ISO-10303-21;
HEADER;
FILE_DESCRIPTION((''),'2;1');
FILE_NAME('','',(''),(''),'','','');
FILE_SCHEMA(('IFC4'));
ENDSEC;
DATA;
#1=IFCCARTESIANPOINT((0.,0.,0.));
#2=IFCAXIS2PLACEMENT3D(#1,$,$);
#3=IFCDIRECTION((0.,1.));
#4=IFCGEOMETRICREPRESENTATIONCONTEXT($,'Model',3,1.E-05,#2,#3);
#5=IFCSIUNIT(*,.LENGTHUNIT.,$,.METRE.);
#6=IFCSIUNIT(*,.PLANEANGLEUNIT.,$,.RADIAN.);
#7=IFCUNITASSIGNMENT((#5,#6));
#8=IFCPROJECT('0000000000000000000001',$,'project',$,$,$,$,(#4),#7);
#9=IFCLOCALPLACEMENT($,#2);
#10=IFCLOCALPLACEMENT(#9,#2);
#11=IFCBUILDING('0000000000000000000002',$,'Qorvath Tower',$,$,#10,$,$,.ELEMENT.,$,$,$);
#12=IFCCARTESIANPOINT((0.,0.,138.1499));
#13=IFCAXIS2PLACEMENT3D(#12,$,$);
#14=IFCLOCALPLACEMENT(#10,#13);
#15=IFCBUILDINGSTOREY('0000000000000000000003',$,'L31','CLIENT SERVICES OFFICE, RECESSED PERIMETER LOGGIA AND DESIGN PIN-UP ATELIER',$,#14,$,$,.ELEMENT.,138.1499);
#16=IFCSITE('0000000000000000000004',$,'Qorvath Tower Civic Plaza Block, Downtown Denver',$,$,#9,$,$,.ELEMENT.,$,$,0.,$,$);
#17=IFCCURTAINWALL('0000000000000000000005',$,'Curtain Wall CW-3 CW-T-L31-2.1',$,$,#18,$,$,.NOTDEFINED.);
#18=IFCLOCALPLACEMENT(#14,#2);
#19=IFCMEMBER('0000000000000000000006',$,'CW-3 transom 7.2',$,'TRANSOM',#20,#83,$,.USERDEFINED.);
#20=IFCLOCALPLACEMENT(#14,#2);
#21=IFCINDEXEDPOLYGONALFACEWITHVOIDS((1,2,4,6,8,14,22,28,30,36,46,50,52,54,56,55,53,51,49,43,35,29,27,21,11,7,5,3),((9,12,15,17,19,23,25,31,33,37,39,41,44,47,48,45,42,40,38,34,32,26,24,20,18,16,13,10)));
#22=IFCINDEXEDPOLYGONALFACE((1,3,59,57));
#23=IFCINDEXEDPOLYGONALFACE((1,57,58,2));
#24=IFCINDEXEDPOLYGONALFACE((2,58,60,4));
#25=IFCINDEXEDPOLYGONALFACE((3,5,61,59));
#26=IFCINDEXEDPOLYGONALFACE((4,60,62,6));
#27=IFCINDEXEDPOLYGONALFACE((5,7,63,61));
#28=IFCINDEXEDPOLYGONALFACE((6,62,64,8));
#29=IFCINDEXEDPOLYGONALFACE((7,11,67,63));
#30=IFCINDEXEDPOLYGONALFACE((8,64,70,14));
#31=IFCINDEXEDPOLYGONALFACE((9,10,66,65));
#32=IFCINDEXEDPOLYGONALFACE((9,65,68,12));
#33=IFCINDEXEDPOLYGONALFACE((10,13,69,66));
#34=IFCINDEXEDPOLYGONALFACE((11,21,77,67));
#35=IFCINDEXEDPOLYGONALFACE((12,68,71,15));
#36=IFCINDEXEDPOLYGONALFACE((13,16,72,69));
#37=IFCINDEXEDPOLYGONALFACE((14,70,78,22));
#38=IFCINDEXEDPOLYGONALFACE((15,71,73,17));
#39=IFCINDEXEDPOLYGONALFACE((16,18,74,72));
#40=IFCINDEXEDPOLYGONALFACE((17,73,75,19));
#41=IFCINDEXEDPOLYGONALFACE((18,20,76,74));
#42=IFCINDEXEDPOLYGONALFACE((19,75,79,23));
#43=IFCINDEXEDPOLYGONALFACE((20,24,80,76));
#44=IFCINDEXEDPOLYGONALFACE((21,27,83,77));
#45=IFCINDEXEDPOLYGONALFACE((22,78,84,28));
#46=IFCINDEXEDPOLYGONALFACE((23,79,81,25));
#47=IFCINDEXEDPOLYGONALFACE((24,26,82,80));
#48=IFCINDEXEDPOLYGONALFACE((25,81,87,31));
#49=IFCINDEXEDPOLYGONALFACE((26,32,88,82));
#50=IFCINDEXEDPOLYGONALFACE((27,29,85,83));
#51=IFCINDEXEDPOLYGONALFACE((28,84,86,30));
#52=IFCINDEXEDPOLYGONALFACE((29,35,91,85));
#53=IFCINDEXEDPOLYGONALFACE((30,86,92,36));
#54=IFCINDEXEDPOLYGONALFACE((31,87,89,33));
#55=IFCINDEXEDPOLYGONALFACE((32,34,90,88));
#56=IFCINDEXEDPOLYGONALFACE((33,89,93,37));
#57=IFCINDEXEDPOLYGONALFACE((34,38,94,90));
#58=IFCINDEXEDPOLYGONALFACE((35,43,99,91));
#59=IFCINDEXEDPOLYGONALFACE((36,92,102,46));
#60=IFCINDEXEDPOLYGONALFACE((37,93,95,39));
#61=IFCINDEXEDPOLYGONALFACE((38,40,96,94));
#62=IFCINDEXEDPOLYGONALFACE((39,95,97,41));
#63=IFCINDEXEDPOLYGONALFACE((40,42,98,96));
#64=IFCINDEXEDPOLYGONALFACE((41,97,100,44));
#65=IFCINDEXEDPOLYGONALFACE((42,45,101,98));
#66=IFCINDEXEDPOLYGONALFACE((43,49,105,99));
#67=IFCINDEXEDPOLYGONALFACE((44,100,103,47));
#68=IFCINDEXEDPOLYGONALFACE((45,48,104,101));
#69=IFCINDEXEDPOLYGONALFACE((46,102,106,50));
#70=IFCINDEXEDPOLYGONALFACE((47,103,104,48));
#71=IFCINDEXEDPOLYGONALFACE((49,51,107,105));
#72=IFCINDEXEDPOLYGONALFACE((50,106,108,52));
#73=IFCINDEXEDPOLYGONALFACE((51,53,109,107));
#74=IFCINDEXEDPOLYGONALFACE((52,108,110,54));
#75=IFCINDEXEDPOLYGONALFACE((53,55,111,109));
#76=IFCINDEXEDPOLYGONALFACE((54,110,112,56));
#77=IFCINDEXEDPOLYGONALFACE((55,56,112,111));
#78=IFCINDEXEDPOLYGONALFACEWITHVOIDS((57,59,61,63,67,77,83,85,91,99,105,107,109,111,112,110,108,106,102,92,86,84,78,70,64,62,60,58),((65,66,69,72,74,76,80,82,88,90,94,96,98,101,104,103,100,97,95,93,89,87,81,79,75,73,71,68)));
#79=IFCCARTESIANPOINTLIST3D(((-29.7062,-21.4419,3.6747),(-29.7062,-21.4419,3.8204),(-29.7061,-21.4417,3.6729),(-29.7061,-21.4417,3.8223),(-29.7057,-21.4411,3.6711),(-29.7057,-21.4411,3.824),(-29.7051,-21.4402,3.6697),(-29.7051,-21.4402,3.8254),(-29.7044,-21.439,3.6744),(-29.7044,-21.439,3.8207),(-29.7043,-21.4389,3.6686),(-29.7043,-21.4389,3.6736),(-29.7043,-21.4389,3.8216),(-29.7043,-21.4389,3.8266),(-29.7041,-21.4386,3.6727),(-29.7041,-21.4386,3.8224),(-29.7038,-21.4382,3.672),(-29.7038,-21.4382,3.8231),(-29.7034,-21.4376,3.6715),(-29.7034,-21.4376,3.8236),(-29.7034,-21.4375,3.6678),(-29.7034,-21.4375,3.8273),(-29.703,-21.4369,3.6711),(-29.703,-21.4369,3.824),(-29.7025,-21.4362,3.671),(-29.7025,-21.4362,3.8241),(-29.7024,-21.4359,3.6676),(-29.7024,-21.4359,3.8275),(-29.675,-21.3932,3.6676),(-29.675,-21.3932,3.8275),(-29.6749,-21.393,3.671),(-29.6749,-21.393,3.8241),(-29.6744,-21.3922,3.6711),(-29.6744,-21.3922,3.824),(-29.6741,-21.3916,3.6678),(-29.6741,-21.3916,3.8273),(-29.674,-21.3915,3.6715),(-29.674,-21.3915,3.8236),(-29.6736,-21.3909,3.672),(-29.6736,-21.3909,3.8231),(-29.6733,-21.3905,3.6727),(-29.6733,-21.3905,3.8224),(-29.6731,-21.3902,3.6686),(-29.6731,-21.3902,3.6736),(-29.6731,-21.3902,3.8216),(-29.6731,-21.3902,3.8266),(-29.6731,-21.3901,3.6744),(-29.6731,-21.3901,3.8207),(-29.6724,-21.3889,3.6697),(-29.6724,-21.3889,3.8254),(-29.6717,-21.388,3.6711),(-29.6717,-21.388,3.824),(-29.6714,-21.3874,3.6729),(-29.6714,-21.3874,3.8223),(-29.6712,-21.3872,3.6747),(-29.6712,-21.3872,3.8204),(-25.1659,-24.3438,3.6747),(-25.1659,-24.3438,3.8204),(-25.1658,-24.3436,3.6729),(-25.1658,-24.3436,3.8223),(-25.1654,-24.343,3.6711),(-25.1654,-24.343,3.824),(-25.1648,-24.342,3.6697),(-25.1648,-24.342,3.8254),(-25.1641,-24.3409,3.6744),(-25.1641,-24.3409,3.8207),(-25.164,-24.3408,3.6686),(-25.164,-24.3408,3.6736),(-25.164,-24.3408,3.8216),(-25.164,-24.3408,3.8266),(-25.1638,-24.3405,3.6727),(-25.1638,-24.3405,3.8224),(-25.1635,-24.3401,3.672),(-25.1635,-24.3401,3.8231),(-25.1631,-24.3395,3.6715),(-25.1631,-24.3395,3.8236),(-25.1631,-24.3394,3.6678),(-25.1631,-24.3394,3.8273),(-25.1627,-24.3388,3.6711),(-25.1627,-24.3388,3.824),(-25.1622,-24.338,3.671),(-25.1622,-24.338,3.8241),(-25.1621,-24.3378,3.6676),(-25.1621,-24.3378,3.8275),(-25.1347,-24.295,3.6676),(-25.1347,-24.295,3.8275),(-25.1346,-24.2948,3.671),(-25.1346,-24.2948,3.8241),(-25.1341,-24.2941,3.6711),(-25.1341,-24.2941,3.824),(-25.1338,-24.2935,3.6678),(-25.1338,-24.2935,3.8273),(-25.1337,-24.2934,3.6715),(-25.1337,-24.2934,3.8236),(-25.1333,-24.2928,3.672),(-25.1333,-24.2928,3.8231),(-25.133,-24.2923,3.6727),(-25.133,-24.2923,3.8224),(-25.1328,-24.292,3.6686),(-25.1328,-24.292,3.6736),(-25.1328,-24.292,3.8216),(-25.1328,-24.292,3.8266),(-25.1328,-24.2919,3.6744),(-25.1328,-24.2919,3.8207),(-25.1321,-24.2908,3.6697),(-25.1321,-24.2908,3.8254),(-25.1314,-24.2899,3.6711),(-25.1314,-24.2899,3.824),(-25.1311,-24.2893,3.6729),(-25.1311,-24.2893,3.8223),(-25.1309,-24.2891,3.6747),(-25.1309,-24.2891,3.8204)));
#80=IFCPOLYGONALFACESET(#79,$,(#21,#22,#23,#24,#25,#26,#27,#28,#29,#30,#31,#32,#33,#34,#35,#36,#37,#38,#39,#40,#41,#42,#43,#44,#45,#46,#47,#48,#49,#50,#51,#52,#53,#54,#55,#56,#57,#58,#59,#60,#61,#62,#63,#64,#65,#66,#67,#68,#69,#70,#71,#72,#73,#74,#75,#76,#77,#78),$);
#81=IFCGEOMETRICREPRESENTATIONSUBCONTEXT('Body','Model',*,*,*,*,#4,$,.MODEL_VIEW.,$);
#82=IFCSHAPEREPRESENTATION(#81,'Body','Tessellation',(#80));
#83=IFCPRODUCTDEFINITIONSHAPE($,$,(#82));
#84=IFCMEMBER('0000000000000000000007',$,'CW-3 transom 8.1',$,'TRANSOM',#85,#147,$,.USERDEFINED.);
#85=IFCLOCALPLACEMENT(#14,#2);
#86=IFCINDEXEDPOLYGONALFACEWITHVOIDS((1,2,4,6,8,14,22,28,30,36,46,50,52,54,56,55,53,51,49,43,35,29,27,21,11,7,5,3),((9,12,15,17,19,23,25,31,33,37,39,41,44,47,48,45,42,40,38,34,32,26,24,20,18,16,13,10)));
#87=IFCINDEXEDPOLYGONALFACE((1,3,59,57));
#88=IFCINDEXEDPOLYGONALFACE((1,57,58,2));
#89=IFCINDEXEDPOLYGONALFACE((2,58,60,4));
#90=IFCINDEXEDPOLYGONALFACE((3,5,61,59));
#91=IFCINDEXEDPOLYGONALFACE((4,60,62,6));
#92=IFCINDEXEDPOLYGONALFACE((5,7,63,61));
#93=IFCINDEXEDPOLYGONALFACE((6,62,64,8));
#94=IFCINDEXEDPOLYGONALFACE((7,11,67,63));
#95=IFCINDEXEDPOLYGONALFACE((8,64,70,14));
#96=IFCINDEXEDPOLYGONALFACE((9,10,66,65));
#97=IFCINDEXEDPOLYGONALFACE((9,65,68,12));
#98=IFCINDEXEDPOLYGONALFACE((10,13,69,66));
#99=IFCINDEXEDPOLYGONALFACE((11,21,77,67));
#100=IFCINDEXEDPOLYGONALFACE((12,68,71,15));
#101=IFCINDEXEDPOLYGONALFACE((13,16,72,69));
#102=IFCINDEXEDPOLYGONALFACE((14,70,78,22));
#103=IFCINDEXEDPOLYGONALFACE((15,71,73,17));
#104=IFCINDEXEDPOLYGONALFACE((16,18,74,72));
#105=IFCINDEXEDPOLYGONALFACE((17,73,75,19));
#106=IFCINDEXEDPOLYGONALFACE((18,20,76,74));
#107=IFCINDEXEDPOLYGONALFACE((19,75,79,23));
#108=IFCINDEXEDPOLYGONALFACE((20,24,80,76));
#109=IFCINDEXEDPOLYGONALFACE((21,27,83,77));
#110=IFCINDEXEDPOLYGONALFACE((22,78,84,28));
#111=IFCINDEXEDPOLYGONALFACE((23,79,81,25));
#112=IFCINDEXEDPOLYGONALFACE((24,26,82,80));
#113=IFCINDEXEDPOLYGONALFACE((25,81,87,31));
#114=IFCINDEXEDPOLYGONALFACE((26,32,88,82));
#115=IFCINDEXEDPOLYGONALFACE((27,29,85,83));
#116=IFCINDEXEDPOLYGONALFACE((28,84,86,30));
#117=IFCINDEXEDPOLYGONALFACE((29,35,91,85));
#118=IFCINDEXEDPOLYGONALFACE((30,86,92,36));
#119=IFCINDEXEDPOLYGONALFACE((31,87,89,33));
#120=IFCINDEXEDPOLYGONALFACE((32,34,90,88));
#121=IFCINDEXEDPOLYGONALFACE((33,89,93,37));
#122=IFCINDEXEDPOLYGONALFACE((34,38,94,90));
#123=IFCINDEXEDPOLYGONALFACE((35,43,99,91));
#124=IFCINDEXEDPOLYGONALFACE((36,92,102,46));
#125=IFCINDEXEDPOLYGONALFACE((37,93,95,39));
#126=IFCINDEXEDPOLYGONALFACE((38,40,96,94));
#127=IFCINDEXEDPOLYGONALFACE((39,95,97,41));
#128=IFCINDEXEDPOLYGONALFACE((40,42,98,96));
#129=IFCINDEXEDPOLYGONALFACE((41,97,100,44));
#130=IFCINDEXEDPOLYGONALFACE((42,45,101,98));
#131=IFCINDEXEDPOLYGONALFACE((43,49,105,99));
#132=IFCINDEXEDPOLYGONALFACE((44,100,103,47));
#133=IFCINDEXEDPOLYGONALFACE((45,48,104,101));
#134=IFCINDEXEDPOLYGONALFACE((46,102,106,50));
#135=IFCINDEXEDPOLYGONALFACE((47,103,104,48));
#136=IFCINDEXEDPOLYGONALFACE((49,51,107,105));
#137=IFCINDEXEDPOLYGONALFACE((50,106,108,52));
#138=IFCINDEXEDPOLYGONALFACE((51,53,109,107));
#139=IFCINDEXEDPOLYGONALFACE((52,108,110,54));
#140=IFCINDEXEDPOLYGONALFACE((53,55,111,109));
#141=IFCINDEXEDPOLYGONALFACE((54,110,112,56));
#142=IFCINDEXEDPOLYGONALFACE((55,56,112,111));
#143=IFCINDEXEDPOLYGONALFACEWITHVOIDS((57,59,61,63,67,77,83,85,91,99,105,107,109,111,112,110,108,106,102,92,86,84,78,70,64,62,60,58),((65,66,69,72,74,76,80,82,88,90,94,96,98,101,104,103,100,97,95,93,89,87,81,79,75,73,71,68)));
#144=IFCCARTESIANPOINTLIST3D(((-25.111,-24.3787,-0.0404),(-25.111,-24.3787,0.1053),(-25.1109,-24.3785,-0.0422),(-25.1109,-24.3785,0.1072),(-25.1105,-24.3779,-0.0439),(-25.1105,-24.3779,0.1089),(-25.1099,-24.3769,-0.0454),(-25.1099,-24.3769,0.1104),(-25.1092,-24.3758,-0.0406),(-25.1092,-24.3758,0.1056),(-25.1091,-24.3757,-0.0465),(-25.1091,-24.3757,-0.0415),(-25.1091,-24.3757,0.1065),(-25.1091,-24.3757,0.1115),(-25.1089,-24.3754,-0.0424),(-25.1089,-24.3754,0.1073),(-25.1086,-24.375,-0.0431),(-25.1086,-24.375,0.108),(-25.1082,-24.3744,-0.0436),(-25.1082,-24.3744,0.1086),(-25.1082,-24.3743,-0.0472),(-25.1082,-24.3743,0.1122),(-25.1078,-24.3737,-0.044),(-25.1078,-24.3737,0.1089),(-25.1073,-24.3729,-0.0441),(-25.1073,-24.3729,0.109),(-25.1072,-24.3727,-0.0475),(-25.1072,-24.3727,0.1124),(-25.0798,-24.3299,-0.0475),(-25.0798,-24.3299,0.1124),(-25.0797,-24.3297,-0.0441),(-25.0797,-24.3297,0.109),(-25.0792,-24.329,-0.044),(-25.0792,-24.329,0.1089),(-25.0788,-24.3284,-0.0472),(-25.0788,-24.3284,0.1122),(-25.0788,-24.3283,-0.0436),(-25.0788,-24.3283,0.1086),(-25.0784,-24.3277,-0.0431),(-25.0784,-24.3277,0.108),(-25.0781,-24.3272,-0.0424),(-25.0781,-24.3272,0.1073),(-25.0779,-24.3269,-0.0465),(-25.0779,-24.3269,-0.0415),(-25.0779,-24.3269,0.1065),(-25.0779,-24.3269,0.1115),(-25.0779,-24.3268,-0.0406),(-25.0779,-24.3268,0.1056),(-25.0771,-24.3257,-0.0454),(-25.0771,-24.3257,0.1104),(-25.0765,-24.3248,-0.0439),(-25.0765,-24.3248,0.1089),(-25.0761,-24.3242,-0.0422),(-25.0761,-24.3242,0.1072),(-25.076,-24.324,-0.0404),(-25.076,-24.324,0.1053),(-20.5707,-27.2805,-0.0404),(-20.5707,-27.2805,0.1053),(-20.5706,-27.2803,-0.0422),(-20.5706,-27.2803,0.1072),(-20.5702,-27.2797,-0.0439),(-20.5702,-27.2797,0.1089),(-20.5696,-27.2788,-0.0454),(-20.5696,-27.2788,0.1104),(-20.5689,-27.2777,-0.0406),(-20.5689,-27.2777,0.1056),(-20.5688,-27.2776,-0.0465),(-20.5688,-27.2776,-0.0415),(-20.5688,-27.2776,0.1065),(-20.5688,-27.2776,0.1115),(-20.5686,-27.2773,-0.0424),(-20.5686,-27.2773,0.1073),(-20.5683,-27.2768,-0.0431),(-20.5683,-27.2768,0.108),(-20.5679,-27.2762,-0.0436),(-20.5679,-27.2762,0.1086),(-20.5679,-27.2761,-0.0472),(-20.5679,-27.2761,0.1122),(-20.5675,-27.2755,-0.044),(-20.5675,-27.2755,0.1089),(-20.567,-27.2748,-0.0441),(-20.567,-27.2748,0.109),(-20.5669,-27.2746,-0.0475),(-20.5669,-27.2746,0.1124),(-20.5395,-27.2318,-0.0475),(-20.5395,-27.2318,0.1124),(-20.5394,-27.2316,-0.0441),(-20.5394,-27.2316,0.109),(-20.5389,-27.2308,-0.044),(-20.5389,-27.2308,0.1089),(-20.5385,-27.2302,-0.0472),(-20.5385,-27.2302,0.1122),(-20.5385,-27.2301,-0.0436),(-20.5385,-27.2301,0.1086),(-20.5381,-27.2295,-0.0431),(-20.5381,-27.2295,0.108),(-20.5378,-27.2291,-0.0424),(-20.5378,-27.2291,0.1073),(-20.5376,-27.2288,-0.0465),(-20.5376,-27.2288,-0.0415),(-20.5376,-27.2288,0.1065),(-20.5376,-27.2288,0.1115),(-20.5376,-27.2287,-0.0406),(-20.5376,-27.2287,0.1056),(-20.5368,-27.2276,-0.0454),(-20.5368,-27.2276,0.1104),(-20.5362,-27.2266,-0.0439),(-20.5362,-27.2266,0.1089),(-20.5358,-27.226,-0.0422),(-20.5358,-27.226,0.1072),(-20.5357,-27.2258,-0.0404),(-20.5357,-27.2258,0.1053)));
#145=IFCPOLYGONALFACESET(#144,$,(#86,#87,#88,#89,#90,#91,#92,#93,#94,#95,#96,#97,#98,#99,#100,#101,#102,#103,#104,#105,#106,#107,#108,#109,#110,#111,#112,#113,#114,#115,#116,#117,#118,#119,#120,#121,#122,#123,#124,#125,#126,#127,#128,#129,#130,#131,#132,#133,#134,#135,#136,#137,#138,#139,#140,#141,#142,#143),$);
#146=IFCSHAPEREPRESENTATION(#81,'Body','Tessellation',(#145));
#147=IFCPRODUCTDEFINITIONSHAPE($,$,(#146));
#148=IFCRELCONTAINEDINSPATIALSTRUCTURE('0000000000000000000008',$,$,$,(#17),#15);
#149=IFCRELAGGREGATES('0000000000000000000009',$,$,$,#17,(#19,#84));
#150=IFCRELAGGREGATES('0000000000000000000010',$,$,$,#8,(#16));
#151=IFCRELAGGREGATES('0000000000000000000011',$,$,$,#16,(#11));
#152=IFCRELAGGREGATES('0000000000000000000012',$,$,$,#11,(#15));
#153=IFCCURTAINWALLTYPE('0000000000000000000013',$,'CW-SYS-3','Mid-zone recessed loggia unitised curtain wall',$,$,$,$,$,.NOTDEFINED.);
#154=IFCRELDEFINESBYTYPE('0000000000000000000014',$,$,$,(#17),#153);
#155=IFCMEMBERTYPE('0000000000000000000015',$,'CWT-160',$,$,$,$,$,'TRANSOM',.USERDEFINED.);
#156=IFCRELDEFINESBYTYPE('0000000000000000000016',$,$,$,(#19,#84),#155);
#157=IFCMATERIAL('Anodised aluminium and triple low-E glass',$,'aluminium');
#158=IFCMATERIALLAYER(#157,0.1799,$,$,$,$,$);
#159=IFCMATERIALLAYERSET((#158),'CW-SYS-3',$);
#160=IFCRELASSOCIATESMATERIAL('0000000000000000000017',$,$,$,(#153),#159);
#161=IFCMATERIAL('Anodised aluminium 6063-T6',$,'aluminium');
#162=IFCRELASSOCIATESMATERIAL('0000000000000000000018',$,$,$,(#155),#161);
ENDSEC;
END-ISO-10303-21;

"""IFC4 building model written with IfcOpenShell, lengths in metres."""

from ifc_helpers import new_model, si_unit, direction, frame, origin, origin_2d, place, context, subcontext, project, spatial, hollow_rectangle, extrude, material, layer, layer_set, material_profile, profile_set, type_object, element, aggregate, save


model = new_model("IFC4")

# Units and contexts
model_context = context("Model", 3, precision=1e-05, world=origin(), true_north=direction((0.0, 1.0)))
body_context = subcontext(model_context, "Body", "Model", "MODEL_VIEW")
ifc_project = project(units=[si_unit("LENGTHUNIT", "METRE"), si_unit("PLANEANGLEUNIT", "RADIAN")], contexts=[model_context])

# Site, building, storey
site_placement = place(None, origin())
site = spatial("IfcSite", under=ifc_project, at=site_placement, Name="Qorvath Tower Civic Plaza Block, Downtown Denver", CompositionType="ELEMENT", RefElevation=0.0)
building_placement = place(site_placement, origin())
building = spatial("IfcBuilding", under=site, at=building_placement, Name="Qorvath Tower", CompositionType="ELEMENT")
storey_placement = place(building_placement, frame((0.0, 0.0, 138.1499)))
storey = spatial("IfcBuildingStorey", under=building, at=storey_placement, Name="L31", Description="CLIENT SERVICES OFFICE, RECESSED PERIMETER LOGGIA AND DESIGN PIN-UP ATELIER", CompositionType="ELEMENT", Elevation=138.1499)

# Curtain wall, members
ifc_material_1 = material(Name="Anodised aluminium and triple low-E glass", Category="aluminium")
ifc_layer_1 = layer(ifc_material_1, 0.1799)
ifc_layer_set_1 = layer_set([ifc_layer_1], Name="CW-SYS-3")
curtain_wall_type = type_object("IfcCurtainWallType", Name="CW-SYS-3", Description="Mid-zone recessed loggia unitised curtain wall", PredefinedType="NOTDEFINED", material=ifc_layer_set_1)
curtain_wall_placement = place(storey_placement, origin())
curtain_wall = element("IfcCurtainWall", 1, at=curtain_wall_placement, inside=storey, type_object=curtain_wall_type, Name="Curtain Wall CW-3 CW-T-L31-2.1", PredefinedType="NOTDEFINED")
ifc_material_2 = material(Name="Anodised aluminium 6063-T6", Category="aluminium")
ifc_material_profile_1 = material_profile(ifc_material_2, hollow_rectangle(XDim=0.0649, YDim=0.1599, WallThickness=0.0034, InnerFilletRadius=0.0034, OuterFilletRadius=0.0071, at=origin_2d()), Name="CWT 160x65")
ifc_profile_set_1 = profile_set([ifc_material_profile_1], Name="Anodised aluminium 6063-T6")
member_type_1 = type_object("IfcMemberType", Name="CWT-160", ElementType="TRANSOM", PredefinedType="USERDEFINED", material=ifc_profile_set_1)
member_1_placement = place(storey_placement, frame((-29.6887, -21.4146, 3.7476), z_axis=(0.842602, -0.538537, 0.0), x_axis=(0.538537, 0.842602, 0.0)))
member_1 = element("IfcMember", 2, at=member_1_placement, type_object=member_type_1, Name="CW-3 transom 7.2", ObjectType="TRANSOM", PredefinedType="USERDEFINED", context=body_context, shape_type="SweptSolid", body=[
    extrude(hollow_rectangle(XDim=0.0649, YDim=0.1599, WallThickness=0.0034, InnerFilletRadius=0.0034, OuterFilletRadius=0.0071, at=origin_2d()), origin(), (0.0, 0.0, 1.0), 5.3884),
])
member_2_placement = place(storey_placement, frame((-25.0935, -24.3513, 0.0325), z_axis=(0.842602, -0.538537, 0.0), x_axis=(0.538537, 0.842602, 0.0)))
member_2 = element("IfcMember", 3, at=member_2_placement, type_object=member_type_1, Name="CW-3 transom 8.1", ObjectType="TRANSOM", PredefinedType="USERDEFINED", context=body_context, shape_type="SweptSolid", body=[
    extrude(hollow_rectangle(XDim=0.0649, YDim=0.1599, WallThickness=0.0034, InnerFilletRadius=0.0034, OuterFilletRadius=0.0071, at=origin_2d()), origin(), (0.0, 0.0, 1.0), 5.3884),
])
aggregate(curtain_wall, [member_1, member_2])

save(model, "model.ifc")
